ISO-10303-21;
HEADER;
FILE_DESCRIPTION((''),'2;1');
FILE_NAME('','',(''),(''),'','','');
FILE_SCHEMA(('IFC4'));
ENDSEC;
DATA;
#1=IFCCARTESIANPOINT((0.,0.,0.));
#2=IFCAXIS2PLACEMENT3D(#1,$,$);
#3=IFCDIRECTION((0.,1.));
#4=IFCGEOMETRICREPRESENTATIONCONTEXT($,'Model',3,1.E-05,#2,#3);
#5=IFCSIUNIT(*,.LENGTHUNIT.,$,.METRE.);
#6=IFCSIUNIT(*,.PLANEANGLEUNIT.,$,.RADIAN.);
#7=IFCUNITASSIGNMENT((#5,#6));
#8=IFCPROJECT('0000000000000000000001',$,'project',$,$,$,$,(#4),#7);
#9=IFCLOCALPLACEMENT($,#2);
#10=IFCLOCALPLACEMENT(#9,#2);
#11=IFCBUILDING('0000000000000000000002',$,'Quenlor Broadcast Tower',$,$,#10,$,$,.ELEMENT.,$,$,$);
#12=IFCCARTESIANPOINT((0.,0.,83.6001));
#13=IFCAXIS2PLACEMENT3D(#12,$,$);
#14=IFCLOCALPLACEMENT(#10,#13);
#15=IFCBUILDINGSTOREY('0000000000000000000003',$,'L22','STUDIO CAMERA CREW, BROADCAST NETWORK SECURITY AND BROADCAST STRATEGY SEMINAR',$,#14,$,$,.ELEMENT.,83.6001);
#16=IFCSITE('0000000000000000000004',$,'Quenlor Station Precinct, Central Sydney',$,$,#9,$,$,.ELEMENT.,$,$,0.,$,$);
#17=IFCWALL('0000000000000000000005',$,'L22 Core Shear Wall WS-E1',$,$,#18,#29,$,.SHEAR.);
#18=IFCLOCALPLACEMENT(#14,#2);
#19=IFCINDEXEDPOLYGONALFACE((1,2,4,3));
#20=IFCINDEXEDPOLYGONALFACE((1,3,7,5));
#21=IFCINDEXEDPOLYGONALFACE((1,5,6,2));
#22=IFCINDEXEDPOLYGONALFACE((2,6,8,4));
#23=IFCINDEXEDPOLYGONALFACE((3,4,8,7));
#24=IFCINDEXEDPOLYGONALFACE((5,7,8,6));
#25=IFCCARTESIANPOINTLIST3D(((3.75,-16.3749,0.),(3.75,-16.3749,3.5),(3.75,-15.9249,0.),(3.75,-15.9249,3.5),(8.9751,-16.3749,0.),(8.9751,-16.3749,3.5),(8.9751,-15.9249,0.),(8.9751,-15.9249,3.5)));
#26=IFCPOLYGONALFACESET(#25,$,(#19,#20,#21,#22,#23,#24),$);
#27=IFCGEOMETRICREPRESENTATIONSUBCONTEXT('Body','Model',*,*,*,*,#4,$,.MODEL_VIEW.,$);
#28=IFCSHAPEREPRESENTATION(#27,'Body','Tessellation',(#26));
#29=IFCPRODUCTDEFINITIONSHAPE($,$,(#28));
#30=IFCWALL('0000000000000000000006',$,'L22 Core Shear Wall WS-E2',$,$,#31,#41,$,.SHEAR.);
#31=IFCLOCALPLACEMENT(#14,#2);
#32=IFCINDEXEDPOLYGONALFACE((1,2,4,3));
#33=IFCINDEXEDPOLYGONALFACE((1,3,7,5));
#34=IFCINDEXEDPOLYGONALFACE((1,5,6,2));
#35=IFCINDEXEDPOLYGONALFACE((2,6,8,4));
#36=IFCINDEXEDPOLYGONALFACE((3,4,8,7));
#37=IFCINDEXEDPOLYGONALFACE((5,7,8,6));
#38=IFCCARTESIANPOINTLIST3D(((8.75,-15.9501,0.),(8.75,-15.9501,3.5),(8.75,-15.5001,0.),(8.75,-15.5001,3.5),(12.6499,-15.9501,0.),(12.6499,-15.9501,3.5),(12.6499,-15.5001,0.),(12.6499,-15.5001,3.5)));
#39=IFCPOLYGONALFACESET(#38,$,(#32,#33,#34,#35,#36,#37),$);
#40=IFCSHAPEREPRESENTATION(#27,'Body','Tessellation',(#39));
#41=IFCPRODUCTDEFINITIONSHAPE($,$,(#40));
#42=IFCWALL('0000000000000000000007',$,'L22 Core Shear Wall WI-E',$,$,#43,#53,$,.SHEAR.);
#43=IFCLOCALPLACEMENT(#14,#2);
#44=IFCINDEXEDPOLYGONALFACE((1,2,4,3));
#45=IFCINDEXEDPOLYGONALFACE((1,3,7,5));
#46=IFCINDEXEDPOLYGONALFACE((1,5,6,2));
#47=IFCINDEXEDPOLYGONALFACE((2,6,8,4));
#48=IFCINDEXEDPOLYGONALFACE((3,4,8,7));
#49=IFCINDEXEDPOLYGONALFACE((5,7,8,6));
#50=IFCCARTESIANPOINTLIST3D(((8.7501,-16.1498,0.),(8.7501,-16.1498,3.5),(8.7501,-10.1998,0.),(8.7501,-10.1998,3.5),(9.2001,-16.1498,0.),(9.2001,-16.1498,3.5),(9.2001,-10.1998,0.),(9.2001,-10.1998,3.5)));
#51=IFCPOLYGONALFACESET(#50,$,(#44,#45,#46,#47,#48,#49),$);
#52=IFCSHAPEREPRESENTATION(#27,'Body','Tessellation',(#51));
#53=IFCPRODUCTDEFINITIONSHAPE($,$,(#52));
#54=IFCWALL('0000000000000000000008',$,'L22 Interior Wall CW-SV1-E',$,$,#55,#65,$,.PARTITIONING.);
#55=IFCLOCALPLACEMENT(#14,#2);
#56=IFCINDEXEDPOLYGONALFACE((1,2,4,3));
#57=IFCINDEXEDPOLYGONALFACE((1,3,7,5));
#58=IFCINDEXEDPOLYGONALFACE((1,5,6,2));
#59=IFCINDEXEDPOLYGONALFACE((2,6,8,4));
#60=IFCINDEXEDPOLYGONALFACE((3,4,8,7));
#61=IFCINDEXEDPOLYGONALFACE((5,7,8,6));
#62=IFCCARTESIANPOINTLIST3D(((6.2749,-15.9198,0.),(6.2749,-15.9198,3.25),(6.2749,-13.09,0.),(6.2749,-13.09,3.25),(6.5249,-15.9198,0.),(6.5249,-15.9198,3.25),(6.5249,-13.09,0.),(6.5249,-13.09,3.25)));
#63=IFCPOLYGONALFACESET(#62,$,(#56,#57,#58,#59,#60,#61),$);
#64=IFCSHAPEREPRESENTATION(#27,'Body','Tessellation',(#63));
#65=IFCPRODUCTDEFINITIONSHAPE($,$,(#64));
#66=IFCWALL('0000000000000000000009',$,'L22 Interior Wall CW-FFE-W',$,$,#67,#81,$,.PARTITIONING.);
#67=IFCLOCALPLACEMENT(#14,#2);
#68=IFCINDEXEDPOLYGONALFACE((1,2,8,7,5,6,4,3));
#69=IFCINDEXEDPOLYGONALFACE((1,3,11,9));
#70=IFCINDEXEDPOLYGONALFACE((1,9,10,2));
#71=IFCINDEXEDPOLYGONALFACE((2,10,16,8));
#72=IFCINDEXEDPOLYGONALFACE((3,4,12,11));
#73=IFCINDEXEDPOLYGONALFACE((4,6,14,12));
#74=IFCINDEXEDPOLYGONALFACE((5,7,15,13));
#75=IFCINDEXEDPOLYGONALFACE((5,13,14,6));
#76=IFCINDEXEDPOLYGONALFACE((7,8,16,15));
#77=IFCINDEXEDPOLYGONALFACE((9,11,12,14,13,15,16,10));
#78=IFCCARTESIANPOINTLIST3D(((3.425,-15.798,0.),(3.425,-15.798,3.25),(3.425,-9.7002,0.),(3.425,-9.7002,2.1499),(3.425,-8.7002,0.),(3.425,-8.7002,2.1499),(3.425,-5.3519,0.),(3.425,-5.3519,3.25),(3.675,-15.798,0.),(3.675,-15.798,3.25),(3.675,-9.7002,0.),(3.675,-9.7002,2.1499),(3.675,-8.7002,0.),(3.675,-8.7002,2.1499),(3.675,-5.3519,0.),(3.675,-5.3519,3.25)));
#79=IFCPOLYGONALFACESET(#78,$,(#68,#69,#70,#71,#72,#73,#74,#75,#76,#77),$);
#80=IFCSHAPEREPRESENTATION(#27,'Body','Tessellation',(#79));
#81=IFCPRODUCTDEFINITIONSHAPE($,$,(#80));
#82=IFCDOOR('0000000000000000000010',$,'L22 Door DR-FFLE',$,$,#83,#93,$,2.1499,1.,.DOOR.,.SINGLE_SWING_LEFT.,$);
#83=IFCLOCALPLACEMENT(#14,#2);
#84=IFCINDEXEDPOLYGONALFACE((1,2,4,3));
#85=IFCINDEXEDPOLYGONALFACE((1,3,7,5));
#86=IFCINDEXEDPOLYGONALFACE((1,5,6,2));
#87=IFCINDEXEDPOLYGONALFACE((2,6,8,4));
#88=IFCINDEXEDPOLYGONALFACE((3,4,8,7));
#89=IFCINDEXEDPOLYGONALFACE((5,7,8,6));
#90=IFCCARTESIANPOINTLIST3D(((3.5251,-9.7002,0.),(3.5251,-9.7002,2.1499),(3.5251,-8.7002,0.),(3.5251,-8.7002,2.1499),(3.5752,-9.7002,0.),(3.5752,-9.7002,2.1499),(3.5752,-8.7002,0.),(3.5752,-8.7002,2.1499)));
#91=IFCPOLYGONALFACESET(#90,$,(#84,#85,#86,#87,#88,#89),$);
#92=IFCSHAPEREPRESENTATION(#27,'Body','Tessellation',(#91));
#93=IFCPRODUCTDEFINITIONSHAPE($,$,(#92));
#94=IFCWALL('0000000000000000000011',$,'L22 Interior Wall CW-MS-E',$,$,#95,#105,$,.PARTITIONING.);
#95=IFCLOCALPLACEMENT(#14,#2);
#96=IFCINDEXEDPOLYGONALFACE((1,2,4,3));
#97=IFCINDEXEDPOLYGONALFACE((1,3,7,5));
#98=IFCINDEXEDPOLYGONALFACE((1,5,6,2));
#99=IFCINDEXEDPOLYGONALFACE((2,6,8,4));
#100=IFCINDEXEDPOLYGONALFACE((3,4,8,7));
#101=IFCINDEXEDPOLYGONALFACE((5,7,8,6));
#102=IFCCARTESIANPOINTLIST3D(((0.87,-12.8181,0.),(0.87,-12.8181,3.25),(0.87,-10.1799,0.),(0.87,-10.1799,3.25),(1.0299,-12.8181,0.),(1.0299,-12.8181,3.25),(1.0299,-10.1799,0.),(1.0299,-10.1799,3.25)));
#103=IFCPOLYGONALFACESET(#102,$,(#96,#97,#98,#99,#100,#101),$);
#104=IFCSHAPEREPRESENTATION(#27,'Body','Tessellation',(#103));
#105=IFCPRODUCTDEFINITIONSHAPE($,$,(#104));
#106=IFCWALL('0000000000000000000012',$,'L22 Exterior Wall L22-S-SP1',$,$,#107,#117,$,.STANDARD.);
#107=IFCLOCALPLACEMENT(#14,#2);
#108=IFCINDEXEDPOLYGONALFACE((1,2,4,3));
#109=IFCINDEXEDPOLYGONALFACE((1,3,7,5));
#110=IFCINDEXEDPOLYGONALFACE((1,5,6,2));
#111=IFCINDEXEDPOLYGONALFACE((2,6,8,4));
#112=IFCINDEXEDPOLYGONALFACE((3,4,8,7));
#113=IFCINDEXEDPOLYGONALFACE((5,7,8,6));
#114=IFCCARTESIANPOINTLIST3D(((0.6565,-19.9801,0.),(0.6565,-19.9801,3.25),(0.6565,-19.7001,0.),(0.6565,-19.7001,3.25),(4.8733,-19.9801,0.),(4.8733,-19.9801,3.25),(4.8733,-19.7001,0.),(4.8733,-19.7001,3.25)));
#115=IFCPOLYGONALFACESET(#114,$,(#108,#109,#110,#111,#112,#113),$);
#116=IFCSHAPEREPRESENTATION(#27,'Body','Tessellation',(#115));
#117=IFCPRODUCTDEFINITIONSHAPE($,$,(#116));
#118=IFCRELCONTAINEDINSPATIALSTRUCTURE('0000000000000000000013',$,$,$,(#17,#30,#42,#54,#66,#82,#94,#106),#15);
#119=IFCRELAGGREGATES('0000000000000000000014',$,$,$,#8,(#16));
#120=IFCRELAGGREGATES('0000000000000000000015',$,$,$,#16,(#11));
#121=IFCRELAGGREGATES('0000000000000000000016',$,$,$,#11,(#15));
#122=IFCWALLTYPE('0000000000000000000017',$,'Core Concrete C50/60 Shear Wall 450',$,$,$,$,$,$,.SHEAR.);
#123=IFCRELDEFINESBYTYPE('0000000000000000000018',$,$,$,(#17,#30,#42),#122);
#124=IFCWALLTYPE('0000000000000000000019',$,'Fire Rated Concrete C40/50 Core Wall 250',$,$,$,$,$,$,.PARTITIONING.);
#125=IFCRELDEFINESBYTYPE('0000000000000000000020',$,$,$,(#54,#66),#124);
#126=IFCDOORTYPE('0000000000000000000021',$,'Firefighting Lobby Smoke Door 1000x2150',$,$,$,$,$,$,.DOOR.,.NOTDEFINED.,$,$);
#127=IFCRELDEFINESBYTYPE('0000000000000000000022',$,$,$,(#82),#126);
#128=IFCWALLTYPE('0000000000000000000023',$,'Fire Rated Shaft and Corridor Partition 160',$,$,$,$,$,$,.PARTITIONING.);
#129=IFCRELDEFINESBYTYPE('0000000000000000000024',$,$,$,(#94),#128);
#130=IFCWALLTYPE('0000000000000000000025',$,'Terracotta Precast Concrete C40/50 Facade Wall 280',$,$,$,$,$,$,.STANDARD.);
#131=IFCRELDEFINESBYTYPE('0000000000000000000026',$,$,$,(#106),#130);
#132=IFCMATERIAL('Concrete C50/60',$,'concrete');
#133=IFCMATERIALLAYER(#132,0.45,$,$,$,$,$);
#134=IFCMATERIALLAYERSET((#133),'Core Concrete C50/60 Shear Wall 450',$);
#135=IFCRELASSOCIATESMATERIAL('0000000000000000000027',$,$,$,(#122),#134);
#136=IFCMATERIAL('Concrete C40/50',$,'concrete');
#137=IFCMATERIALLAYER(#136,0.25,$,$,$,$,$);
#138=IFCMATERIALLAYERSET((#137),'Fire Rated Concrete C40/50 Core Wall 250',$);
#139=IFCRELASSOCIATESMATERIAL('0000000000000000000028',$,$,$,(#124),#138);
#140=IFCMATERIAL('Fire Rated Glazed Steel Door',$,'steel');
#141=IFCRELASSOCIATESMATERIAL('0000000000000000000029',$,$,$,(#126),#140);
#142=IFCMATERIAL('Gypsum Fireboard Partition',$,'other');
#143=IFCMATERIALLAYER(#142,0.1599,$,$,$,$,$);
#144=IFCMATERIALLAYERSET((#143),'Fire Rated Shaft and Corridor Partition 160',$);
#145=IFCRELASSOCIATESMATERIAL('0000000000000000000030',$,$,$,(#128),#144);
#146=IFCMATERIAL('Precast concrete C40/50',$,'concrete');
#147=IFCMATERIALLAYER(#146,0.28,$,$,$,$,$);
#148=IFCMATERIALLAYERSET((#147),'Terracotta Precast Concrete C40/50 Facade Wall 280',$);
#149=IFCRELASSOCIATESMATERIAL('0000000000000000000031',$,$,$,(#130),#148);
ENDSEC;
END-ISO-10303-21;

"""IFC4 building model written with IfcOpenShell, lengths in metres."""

from ifc_helpers import new_model, si_unit, direction, frame, frame_2d, origin, place, context, subcontext, project, spatial, rectangle, extrude, material, layer, layer_set, type_object, element, fill, save


model = new_model("IFC4")

# Units and contexts
model_context = context("Model", 3, precision=1e-05, world=origin(), true_north=direction((0.0, 1.0)))
body_context = subcontext(model_context, "Body", "Model", "MODEL_VIEW")
ifc_project = project(units=[si_unit("LENGTHUNIT", "METRE"), si_unit("PLANEANGLEUNIT", "RADIAN")], contexts=[model_context])

# Site, building, storey
site_placement = place(None, origin())
site = spatial("IfcSite", under=ifc_project, at=site_placement, Name="Quenlor Station Precinct, Central Sydney", CompositionType="ELEMENT", RefElevation=0.0)
building_placement = place(site_placement, origin())
building = spatial("IfcBuilding", under=site, at=building_placement, Name="Quenlor Broadcast Tower", CompositionType="ELEMENT")
storey_placement = place(building_placement, frame((0.0, 0.0, 83.6001)))
storey = spatial("IfcBuildingStorey", under=building, at=storey_placement, Name="L22", Description="STUDIO CAMERA CREW, BROADCAST NETWORK SECURITY AND BROADCAST STRATEGY SEMINAR", CompositionType="ELEMENT", Elevation=83.6001)

# Walls
ifc_material_1 = material(Name="Concrete C50/60", Category="concrete")
ifc_layer_1 = layer(ifc_material_1, 0.45)
ifc_layer_set_1 = layer_set([ifc_layer_1], Name="Core Concrete C50/60 Shear Wall 450")
wall_type_1 = type_object("IfcWallType", Name="Core Concrete C50/60 Shear Wall 450", PredefinedType="SHEAR", material=ifc_layer_set_1)
wall_1_placement = place(storey_placement, frame((3.75, -16.1499, 0.0), z_axis=(0.0, 0.0, 1.0), x_axis=(1.0, 0.0, 0.0)))
element("IfcWall", 1, at=wall_1_placement, inside=storey, type_object=wall_type_1, Name="L22 Core Shear Wall WS-E1", PredefinedType="SHEAR", context=body_context, shape_type="SweptSolid", body=[
    extrude(rectangle(XDim=5.2251, YDim=0.45, at=frame_2d((2.6125, 0.0))), origin(), (0.0, 0.0, 1.0), 3.5),
])
wall_2_placement = place(storey_placement, frame((8.75, -15.7251, 0.0), z_axis=(0.0, 0.0, 1.0), x_axis=(1.0, 0.0, 0.0)))
element("IfcWall", 2, at=wall_2_placement, inside=storey, type_object=wall_type_1, Name="L22 Core Shear Wall WS-E2", PredefinedType="SHEAR", context=body_context, shape_type="SweptSolid", body=[
    extrude(rectangle(XDim=3.8999, YDim=0.45, at=frame_2d((1.95, 0.0))), origin(), (0.0, 0.0, 1.0), 3.5),
])
wall_3_placement = place(storey_placement, frame((8.9751, -16.1499, 0.0), z_axis=(0.0, 0.0, 1.0), x_axis=(0.0, 1.0, 0.0)))
element("IfcWall", 3, at=wall_3_placement, inside=storey, type_object=wall_type_1, Name="L22 Core Shear Wall WI-E", PredefinedType="SHEAR", context=body_context, shape_type="SweptSolid", body=[
    extrude(rectangle(XDim=5.95, YDim=0.45, at=frame_2d((2.9751, 0.0))), origin(), (0.0, 0.0, 1.0), 3.5),
])

# Shared definitions
ifc_material_2 = material(Name="Concrete C40/50", Category="concrete")
ifc_layer_2 = layer(ifc_material_2, 0.25)
ifc_layer_set_2 = layer_set([ifc_layer_2], Name="Fire Rated Concrete C40/50 Core Wall 250")
wall_type_2 = type_object("IfcWallType", Name="Fire Rated Concrete C40/50 Core Wall 250", PredefinedType="PARTITIONING", material=ifc_layer_set_2)

# Wall
wall_4_placement = place(storey_placement, frame((6.3999, -15.9199, 0.0), z_axis=(0.0, 0.0, 1.0), x_axis=(0.0, 1.0, 0.0)))
element("IfcWall", 4, at=wall_4_placement, inside=storey, type_object=wall_type_2, Name="L22 Interior Wall CW-SV1-E", PredefinedType="PARTITIONING", context=body_context, shape_type="SweptSolid", body=[
    extrude(rectangle(XDim=2.8298, YDim=0.25, at=frame_2d((1.415, 0.0))), origin(), (0.0, 0.0, 1.0), 3.25),
])

# Wall, opening, door
wall_5_placement = place(storey_placement, frame((3.55, -15.7981, 0.0), z_axis=(0.0, 0.0, 1.0), x_axis=(0.0, 1.0, 0.0)))
wall_5 = element("IfcWall", 5, at=wall_5_placement, inside=storey, type_object=wall_type_2, Name="L22 Interior Wall CW-FFE-W", PredefinedType="PARTITIONING", context=body_context, shape_type="SweptSolid", body=[
    extrude(rectangle(XDim=10.446, YDim=0.25, at=frame_2d((5.2231, 0.0))), origin(), (0.0, 0.0, 1.0), 3.25),
])
opening_1_placement = place(wall_5_placement, frame((6.0979, 0.0, 0.0)))
opening_1 = element("IfcOpeningElement", 6, at=opening_1_placement, cuts=wall_5, PredefinedType="OPENING", context=body_context, shape_type="SweptSolid", body=[
    extrude(rectangle(XDim=1.0, YDim=2.1499, at=frame_2d((0.5, 1.075))), frame((0.0, 0.135, 0.0), z_axis=(0.0, -1.0, 0.0), x_axis=(1.0, 0.0, 0.0)), (0.0, 0.0, 1.0), 0.27),
])
ifc_material_3 = material(Name="Fire Rated Glazed Steel Door", Category="steel")
door_type_1 = type_object("IfcDoorType", Name="Firefighting Lobby Smoke Door 1000x2150", OperationType="NOTDEFINED", PredefinedType="DOOR", material=ifc_material_3)
door_1_placement = place(opening_1_placement, origin())
door_1 = element("IfcDoor", 7, at=door_1_placement, inside=storey, type_object=door_type_1, Name="L22 Door DR-FFLE", OperationType="SINGLE_SWING_LEFT", OverallHeight=2.1499, OverallWidth=1.0, PredefinedType="DOOR", context=body_context, shape_type="SweptSolid", body=[
    extrude(rectangle(XDim=1.0, YDim=2.1499, at=frame_2d((0.5, 1.075))), frame((0.0, 0.0249, 0.0), z_axis=(0.0, -1.0, 0.0), x_axis=(1.0, 0.0, 0.0)), (0.0, 0.0, 1.0), 0.05),
])
fill(opening_1, door_1)

# Walls
ifc_material_4 = material(Name="Gypsum Fireboard Partition", Category="other")
ifc_layer_3 = layer(ifc_material_4, 0.1599)
ifc_layer_set_3 = layer_set([ifc_layer_3], Name="Fire Rated Shaft and Corridor Partition 160")
wall_type_3 = type_object("IfcWallType", Name="Fire Rated Shaft and Corridor Partition 160", PredefinedType="PARTITIONING", material=ifc_layer_set_3)
wall_6_placement = place(storey_placement, frame((0.95, -12.8181, 0.0), z_axis=(0.0, 0.0, 1.0), x_axis=(0.0, 1.0, 0.0)))
element("IfcWall", 8, at=wall_6_placement, inside=storey, type_object=wall_type_3, Name="L22 Interior Wall CW-MS-E", PredefinedType="PARTITIONING", context=body_context, shape_type="SweptSolid", body=[
    extrude(rectangle(XDim=2.6382, YDim=0.1599, at=frame_2d((1.3191, 0.0))), origin(), (0.0, 0.0, 1.0), 3.25),
])
ifc_material_5 = material(Name="Precast concrete C40/50", Category="concrete")
ifc_layer_4 = layer(ifc_material_5, 0.28)
ifc_layer_set_4 = layer_set([ifc_layer_4], Name="Terracotta Precast Concrete C40/50 Facade Wall 280")
wall_type_4 = type_object("IfcWallType", Name="Terracotta Precast Concrete C40/50 Facade Wall 280", PredefinedType="STANDARD", material=ifc_layer_set_4)
wall_7_placement = place(storey_placement, frame((4.8733, -19.8401, 0.0), z_axis=(0.0, 0.0, 1.0), x_axis=(-1.0, 0.0, 0.0)))
element("IfcWall", 9, at=wall_7_placement, inside=storey, type_object=wall_type_4, Name="L22 Exterior Wall L22-S-SP1", PredefinedType="STANDARD", context=body_context, shape_type="SweptSolid", body=[
    extrude(rectangle(XDim=4.2168, YDim=0.28, at=frame_2d((2.1084, 0.0))), origin(), (0.0, 0.0, 1.0), 3.25),
])

save(model, "model.ifc")
